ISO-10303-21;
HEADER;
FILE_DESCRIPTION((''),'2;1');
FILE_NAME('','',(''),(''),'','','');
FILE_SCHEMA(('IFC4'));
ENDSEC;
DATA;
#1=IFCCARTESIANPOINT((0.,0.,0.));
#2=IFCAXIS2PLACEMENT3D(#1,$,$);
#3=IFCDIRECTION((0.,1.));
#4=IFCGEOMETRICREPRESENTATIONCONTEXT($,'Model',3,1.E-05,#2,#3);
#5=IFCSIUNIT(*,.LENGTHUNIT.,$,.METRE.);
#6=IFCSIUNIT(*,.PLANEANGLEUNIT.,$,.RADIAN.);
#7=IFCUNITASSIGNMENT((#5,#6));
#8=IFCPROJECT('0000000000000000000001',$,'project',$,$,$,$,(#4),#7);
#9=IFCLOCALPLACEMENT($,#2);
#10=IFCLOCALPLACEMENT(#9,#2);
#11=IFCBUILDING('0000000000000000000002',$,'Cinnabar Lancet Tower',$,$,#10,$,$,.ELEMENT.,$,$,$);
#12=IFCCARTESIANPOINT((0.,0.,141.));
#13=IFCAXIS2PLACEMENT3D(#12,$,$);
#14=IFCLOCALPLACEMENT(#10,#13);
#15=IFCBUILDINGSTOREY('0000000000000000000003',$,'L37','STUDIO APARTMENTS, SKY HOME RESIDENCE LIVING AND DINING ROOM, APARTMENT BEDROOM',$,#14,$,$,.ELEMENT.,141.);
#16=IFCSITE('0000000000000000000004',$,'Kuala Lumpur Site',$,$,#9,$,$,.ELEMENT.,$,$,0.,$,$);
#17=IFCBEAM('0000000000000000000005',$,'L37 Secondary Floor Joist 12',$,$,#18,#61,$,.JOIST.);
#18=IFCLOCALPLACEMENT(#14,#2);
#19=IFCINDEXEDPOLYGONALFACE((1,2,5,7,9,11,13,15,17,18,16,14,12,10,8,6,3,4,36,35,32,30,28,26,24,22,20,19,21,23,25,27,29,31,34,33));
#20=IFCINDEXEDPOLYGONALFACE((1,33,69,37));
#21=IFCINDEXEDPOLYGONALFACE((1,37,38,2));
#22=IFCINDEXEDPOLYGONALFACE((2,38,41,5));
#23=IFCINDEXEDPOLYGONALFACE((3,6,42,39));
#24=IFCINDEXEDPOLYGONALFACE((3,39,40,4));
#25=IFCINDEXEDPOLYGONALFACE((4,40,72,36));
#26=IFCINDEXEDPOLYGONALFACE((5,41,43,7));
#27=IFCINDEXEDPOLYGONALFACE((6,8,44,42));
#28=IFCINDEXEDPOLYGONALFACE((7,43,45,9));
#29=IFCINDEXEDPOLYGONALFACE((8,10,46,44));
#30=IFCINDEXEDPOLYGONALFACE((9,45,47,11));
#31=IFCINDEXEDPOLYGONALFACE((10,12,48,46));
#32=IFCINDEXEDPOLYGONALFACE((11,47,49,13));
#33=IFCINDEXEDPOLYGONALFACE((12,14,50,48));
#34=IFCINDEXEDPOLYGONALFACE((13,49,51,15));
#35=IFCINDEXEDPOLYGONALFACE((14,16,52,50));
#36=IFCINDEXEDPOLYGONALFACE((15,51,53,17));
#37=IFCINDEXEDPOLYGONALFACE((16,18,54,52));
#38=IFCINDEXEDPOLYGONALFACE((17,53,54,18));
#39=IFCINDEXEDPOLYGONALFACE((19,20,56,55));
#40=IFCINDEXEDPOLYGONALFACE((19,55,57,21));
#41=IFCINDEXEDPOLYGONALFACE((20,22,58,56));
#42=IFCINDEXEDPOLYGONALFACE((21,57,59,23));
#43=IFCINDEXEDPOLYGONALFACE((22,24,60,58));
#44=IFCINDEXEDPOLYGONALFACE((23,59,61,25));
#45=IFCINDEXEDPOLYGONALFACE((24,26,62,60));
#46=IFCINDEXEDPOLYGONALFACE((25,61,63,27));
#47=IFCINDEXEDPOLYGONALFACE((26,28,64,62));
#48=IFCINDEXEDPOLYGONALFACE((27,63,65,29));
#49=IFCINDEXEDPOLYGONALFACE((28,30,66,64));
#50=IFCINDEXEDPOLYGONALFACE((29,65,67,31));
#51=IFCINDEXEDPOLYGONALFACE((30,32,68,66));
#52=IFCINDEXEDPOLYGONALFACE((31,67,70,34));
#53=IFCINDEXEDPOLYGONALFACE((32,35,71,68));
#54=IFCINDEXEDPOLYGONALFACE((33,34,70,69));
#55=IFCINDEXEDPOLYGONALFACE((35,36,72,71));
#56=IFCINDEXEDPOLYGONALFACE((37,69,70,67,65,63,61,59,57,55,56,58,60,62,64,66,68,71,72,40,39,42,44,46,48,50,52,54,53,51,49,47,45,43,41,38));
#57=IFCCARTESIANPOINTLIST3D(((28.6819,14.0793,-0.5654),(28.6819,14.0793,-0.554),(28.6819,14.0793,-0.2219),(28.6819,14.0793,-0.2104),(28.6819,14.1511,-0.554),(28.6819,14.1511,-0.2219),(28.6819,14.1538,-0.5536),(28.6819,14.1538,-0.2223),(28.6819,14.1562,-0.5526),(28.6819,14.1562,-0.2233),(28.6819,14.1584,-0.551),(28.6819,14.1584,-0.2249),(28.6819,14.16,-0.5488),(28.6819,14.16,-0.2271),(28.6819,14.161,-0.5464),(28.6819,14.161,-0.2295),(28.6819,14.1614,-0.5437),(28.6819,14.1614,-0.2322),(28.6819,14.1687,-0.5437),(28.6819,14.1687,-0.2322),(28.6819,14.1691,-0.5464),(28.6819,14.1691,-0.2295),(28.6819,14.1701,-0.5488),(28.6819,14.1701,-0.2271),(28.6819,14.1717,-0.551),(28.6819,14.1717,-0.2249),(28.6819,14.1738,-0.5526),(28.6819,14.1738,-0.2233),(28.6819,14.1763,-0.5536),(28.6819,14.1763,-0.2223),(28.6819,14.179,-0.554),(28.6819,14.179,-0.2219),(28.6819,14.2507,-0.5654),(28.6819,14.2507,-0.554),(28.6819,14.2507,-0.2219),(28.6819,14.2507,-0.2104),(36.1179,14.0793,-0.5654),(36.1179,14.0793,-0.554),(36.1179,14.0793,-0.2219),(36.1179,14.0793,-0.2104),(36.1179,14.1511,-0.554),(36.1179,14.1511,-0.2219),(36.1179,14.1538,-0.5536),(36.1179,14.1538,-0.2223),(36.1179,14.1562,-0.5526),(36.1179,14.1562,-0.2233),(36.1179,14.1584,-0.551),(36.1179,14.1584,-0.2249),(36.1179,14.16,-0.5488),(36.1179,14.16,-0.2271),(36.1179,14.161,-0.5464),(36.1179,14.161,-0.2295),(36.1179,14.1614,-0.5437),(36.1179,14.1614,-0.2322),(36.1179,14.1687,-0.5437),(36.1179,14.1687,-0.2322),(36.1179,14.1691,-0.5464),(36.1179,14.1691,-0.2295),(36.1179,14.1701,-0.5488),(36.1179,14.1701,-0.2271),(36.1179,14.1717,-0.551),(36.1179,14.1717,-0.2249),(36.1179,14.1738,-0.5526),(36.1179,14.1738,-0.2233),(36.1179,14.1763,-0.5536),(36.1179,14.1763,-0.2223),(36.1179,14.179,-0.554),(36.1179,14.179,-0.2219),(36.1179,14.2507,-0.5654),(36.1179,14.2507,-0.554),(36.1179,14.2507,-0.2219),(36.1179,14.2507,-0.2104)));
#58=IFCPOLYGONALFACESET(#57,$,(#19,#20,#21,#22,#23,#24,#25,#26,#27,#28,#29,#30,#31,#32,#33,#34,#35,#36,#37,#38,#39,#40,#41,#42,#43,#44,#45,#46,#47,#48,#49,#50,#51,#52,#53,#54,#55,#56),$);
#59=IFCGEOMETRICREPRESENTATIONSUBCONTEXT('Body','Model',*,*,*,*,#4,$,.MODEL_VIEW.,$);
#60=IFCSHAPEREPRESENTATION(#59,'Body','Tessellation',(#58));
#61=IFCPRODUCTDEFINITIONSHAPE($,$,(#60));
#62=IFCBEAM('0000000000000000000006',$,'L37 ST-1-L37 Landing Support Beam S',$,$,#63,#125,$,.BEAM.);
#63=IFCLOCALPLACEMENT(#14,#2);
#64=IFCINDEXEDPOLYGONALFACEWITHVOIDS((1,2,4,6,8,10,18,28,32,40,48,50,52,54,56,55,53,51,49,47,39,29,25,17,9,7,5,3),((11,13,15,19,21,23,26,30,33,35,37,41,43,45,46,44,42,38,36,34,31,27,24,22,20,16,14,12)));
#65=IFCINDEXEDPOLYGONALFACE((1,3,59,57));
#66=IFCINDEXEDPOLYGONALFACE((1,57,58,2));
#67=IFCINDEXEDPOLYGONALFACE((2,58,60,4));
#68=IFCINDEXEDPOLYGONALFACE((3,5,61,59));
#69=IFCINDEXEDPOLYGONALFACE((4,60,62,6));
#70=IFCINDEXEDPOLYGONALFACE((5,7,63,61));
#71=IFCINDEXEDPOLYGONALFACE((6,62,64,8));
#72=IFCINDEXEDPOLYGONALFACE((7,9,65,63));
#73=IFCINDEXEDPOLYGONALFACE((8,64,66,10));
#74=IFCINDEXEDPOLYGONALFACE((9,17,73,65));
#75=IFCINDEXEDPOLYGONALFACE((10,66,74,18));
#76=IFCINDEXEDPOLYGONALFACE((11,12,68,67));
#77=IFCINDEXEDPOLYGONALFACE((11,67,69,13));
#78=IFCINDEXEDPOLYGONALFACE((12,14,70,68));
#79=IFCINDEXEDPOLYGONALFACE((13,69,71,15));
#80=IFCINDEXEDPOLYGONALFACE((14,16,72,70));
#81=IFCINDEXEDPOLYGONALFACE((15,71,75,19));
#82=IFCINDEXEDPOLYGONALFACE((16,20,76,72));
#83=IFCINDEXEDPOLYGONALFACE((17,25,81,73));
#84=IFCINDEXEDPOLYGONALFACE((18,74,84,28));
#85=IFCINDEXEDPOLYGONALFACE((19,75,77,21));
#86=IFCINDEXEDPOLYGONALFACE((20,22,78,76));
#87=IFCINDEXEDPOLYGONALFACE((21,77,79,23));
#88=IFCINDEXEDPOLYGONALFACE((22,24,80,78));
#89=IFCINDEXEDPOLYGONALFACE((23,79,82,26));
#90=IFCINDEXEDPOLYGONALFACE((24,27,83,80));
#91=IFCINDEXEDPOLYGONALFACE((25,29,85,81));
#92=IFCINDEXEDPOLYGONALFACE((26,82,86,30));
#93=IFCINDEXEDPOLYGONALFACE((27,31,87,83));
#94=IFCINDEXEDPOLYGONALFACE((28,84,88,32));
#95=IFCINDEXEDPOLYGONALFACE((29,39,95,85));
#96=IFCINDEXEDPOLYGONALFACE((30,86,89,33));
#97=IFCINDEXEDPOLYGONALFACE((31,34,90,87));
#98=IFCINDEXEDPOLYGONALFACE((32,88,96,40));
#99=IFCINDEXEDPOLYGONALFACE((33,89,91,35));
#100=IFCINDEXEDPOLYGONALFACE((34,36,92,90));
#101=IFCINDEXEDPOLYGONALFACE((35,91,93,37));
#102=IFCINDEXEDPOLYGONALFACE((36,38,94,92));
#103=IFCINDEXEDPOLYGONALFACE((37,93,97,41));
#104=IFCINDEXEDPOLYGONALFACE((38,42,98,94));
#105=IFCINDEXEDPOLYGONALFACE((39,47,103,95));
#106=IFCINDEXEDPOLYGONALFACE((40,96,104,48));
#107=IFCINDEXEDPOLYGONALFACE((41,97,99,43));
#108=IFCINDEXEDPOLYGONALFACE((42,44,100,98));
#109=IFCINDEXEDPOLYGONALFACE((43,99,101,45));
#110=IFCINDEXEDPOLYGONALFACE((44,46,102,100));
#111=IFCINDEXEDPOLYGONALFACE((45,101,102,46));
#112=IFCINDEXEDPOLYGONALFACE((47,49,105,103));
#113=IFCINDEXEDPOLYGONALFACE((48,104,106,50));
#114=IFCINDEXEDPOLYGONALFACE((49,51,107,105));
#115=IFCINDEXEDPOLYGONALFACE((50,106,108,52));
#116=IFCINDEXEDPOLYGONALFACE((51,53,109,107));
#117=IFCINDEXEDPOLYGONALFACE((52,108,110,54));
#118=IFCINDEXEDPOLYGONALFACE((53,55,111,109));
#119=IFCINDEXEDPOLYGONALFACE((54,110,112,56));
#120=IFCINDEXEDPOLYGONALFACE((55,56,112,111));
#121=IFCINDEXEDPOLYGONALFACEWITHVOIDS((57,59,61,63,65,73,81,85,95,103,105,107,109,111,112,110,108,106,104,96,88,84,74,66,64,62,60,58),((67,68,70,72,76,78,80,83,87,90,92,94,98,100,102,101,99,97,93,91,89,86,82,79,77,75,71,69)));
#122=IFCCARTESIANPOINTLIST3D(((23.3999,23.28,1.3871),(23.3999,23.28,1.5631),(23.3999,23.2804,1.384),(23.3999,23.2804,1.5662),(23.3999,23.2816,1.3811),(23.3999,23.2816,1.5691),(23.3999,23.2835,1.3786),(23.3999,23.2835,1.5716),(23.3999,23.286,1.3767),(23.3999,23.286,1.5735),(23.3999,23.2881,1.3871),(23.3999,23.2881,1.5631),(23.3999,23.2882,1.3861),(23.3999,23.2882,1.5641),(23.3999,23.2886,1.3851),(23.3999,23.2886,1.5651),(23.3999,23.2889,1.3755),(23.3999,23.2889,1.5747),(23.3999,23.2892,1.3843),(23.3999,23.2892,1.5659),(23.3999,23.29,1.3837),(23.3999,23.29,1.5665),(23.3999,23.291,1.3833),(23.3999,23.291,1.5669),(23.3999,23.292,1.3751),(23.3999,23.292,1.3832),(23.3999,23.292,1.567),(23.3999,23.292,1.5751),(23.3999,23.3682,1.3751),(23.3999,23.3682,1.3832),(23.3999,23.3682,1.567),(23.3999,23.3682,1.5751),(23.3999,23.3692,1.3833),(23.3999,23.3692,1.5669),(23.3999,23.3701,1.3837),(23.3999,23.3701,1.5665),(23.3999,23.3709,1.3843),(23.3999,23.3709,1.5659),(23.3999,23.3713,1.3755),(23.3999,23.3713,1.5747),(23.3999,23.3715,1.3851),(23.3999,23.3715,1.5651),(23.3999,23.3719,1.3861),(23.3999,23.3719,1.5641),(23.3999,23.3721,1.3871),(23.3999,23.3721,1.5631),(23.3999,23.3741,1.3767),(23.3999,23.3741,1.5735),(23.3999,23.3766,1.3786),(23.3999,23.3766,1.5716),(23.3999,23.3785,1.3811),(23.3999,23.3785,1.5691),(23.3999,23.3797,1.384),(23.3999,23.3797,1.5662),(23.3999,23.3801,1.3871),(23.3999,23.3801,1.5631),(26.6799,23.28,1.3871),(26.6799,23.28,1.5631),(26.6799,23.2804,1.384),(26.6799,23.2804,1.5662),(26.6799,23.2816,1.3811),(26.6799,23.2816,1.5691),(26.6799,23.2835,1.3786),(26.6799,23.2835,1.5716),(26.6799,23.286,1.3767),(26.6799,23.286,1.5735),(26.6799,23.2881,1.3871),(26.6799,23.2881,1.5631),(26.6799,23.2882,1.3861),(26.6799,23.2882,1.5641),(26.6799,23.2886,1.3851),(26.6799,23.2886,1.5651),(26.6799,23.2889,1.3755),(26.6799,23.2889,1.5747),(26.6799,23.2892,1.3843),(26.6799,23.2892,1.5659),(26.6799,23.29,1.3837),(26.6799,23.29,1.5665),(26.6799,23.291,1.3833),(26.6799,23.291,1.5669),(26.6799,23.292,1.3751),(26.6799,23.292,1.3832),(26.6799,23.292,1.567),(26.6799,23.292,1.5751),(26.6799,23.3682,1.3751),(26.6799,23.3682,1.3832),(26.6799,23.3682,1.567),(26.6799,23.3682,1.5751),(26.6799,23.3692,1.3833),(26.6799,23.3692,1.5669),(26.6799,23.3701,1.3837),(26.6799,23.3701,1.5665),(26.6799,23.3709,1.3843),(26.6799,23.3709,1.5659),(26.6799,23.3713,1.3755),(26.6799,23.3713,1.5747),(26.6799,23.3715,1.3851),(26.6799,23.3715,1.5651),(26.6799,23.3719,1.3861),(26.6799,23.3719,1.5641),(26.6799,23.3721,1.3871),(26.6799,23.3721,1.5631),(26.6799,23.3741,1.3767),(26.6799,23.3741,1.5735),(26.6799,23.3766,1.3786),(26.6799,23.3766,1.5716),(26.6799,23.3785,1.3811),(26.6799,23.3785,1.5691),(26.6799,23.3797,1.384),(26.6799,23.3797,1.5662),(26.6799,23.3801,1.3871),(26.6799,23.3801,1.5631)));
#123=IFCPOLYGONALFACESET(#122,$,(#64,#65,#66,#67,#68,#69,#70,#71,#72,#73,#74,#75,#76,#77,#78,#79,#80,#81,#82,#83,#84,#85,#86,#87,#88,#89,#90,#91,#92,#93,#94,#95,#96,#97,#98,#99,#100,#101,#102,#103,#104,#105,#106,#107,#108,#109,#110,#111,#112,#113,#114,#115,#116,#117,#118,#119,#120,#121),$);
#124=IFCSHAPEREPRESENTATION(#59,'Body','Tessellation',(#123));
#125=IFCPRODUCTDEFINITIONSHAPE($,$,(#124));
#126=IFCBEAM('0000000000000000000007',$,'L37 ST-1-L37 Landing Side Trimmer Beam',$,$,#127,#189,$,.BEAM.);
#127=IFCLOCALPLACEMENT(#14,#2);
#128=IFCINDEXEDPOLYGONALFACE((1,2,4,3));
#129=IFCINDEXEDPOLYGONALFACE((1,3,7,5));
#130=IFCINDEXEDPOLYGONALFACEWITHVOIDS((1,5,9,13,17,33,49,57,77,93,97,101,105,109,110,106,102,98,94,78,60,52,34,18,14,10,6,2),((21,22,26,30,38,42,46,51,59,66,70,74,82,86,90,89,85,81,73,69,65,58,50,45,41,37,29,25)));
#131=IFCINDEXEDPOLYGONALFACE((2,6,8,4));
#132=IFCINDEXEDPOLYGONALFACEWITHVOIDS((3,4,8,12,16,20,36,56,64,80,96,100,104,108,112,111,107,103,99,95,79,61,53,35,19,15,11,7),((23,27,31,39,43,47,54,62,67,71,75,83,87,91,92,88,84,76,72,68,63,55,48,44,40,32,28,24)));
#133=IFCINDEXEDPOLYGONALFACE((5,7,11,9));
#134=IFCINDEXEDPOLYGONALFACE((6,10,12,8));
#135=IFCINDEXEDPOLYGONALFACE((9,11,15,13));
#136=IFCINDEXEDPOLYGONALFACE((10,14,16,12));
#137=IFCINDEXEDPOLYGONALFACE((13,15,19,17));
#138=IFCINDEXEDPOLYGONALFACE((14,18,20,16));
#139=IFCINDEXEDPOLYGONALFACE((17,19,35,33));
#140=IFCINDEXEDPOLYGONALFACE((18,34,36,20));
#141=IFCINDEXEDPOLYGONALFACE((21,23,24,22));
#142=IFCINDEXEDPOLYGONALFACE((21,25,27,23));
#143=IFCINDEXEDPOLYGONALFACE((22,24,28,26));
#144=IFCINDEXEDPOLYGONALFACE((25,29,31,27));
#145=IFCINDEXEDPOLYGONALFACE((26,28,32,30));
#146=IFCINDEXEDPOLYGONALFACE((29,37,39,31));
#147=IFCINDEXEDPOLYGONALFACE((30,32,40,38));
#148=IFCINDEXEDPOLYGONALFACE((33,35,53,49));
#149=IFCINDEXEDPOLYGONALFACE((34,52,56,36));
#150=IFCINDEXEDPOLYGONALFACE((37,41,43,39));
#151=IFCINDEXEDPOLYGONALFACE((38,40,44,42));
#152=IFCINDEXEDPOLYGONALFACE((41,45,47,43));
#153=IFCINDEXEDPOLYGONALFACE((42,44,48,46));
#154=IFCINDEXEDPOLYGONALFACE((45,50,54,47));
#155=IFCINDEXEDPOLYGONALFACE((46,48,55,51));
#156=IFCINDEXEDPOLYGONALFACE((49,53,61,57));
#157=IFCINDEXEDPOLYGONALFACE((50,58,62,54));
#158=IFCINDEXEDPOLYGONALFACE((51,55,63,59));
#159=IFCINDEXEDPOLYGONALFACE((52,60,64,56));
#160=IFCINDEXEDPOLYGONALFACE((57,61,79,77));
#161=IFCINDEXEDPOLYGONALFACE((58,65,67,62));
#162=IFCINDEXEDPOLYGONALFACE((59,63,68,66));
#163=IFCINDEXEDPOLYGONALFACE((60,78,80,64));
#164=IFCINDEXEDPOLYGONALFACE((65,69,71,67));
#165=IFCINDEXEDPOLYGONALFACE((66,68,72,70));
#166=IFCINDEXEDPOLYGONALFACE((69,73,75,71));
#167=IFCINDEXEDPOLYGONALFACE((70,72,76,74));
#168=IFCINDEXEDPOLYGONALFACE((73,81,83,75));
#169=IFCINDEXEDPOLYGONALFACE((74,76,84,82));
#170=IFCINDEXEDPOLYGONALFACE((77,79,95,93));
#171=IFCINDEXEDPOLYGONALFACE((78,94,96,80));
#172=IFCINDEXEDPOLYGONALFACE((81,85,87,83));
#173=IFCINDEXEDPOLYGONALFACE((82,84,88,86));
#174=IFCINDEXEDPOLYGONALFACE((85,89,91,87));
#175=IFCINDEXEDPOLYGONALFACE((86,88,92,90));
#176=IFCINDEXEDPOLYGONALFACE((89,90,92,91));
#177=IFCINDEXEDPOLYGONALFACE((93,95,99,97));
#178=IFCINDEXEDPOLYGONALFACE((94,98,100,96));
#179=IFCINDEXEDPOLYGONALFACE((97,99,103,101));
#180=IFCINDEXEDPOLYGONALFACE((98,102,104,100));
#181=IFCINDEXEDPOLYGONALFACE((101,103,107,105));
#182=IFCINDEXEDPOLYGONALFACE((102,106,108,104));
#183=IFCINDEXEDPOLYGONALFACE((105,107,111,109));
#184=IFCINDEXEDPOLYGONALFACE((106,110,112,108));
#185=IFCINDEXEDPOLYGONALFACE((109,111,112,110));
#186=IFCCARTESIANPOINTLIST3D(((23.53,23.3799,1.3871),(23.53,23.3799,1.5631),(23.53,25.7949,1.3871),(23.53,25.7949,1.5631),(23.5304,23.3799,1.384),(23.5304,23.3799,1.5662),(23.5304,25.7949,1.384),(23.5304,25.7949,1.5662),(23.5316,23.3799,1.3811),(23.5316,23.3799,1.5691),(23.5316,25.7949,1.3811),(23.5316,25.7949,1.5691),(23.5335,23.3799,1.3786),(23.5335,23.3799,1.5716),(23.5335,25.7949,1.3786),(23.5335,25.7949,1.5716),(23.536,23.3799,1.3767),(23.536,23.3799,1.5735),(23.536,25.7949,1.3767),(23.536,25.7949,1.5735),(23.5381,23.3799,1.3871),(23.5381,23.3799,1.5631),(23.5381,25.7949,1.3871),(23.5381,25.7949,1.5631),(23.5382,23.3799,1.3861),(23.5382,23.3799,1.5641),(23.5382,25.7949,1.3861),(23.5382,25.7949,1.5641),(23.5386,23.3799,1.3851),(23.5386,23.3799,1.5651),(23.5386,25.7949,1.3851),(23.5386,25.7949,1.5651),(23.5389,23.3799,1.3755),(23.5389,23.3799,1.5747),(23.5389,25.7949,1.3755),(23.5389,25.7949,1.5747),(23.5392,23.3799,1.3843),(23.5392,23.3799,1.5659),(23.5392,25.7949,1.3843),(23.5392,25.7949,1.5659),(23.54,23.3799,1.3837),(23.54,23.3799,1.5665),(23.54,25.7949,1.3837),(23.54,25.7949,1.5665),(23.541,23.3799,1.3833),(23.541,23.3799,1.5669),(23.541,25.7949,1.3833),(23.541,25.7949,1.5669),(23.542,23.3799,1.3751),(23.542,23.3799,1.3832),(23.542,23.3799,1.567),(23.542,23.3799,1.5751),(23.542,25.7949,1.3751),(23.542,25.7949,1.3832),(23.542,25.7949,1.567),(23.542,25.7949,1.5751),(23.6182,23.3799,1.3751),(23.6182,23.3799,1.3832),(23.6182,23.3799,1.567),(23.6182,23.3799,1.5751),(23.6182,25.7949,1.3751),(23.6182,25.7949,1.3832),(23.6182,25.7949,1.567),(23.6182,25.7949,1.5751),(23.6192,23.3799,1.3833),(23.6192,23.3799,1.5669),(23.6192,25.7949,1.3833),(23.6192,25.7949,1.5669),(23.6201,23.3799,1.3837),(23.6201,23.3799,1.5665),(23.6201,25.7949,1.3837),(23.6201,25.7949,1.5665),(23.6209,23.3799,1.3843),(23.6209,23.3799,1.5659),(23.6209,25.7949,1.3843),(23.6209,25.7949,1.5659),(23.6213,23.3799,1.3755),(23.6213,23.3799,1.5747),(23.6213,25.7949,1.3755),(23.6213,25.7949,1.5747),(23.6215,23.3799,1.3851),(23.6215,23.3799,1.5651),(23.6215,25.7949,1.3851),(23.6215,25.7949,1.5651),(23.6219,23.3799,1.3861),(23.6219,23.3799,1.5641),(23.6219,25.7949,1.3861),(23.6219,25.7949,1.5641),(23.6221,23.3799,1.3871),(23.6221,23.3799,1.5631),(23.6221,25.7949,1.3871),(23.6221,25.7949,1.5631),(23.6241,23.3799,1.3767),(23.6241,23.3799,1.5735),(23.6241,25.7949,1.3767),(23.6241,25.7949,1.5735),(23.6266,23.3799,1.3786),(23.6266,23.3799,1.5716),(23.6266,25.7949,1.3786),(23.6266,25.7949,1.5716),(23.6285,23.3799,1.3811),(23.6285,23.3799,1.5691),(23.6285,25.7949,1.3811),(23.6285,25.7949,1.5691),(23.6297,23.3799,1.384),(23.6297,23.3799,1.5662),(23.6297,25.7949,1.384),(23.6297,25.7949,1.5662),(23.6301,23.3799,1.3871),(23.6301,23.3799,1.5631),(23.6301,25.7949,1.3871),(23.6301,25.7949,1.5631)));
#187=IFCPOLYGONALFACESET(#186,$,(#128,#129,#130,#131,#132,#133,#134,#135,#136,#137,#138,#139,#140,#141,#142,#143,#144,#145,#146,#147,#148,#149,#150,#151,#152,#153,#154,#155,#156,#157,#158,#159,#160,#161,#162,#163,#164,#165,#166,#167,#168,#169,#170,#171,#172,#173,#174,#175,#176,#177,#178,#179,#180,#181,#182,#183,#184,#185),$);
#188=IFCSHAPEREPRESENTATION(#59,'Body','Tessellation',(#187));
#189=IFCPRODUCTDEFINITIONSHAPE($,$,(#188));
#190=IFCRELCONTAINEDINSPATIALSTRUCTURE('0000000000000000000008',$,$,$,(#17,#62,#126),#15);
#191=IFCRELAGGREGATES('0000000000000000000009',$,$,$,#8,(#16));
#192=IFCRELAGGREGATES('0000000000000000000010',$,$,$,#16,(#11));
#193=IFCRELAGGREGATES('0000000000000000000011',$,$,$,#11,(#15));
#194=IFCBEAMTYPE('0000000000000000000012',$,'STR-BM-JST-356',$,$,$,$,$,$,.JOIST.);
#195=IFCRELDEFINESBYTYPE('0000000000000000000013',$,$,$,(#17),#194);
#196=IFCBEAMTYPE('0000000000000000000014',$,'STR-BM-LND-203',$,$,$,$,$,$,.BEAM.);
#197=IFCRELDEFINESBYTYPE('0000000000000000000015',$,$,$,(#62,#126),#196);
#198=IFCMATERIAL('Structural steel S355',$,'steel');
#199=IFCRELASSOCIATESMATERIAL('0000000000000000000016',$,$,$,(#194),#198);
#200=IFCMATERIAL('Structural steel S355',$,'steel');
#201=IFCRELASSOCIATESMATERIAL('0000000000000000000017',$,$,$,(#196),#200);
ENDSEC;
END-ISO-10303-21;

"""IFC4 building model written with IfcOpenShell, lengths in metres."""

from ifc_helpers import new_model, si_unit, direction, frame, origin, origin_2d, place, context, subcontext, project, spatial, hollow_rectangle, i_section, extrude, material, material_profile, profile_set, type_object, element, save


model = new_model("IFC4")

# Units and contexts
model_context = context("Model", 3, precision=1e-05, world=origin(), true_north=direction((0.0, 1.0)))
body_context = subcontext(model_context, "Body", "Model", "MODEL_VIEW")
ifc_project = project(units=[si_unit("LENGTHUNIT", "METRE"), si_unit("PLANEANGLEUNIT", "RADIAN")], contexts=[model_context])

# Site, building, storey
site_placement = place(None, origin())
site = spatial("IfcSite", under=ifc_project, at=site_placement, Name="Kuala Lumpur Site", CompositionType="ELEMENT", RefElevation=0.0)
building_placement = place(site_placement, origin())
building = spatial("IfcBuilding", under=site, at=building_placement, Name="Cinnabar Lancet Tower", CompositionType="ELEMENT")
storey_placement = place(building_placement, frame((0.0, 0.0, 141.0)))
storey = spatial("IfcBuildingStorey", under=building, at=storey_placement, Name="L37", Description="STUDIO APARTMENTS, SKY HOME RESIDENCE LIVING AND DINING ROOM, APARTMENT BEDROOM", CompositionType="ELEMENT", Elevation=141.0)

# Beams
ifc_material_1 = material(Name="Structural steel S355", Category="steel")
ifc_material_profile_1 = material_profile(ifc_material_1, i_section(OverallWidth=0.1714, OverallDepth=0.355, WebThickness=0.0073, FlangeThickness=0.0115, FilletRadius=0.0103, at=origin_2d()), Name="UKB 356x171x51")
ifc_profile_set_1 = profile_set([ifc_material_profile_1], Name="Structural steel S355")
beam_type_1 = type_object("IfcBeamType", Name="STR-BM-JST-356", PredefinedType="JOIST", material=ifc_profile_set_1)
beam_1_placement = place(storey_placement, frame((28.6819, 14.165, -0.3879), z_axis=(1.0, 0.0, 0.0), x_axis=(0.0, 1.0, 0.0)))
element("IfcBeam", 1, at=beam_1_placement, inside=storey, type_object=beam_type_1, Name="L37 Secondary Floor Joist 12", PredefinedType="JOIST", context=body_context, shape_type="SweptSolid", body=[
    extrude(i_section(OverallWidth=0.1714, OverallDepth=0.355, WebThickness=0.0073, FlangeThickness=0.0115, FilletRadius=0.0103, at=origin_2d()), origin(), (0.0, 0.0, 1.0), 7.436),
])
ifc_material_2 = material(Name="Structural steel S355", Category="steel")
ifc_material_profile_2 = material_profile(ifc_material_2, hollow_rectangle(XDim=0.1001, YDim=0.2, WallThickness=0.0081, InnerFilletRadius=0.0039, OuterFilletRadius=0.012, at=origin_2d()), Name="RHS 200x100x8")
ifc_profile_set_2 = profile_set([ifc_material_profile_2], Name="Structural steel S355")
beam_type_2 = type_object("IfcBeamType", Name="STR-BM-LND-203", PredefinedType="BEAM", material=ifc_profile_set_2)
beam_2_placement = place(storey_placement, frame((23.3999, 23.3301, 1.4751), z_axis=(1.0, 0.0, 0.0), x_axis=(0.0, 1.0, 0.0)))
element("IfcBeam", 2, at=beam_2_placement, inside=storey, type_object=beam_type_2, Name="L37 ST-1-L37 Landing Support Beam S", PredefinedType="BEAM", context=body_context, shape_type="SweptSolid", body=[
    extrude(hollow_rectangle(XDim=0.1001, YDim=0.2, WallThickness=0.0081, InnerFilletRadius=0.0039, OuterFilletRadius=0.012, at=origin_2d()), origin(), (0.0, 0.0, 1.0), 3.28),
])
beam_3_placement = place(storey_placement, frame((23.5801, 23.3799, 1.4751), z_axis=(0.0, 1.0, 0.0), x_axis=(-1.0, 0.0, 0.0)))
element("IfcBeam", 3, at=beam_3_placement, inside=storey, type_object=beam_type_2, Name="L37 ST-1-L37 Landing Side Trimmer Beam", PredefinedType="BEAM", context=body_context, shape_type="SweptSolid", body=[
    extrude(hollow_rectangle(XDim=0.1001, YDim=0.2, WallThickness=0.0081, InnerFilletRadius=0.0039, OuterFilletRadius=0.012, at=origin_2d()), origin(), (0.0, 0.0, 1.0), 2.415),
])

save(model, "model.ifc")
